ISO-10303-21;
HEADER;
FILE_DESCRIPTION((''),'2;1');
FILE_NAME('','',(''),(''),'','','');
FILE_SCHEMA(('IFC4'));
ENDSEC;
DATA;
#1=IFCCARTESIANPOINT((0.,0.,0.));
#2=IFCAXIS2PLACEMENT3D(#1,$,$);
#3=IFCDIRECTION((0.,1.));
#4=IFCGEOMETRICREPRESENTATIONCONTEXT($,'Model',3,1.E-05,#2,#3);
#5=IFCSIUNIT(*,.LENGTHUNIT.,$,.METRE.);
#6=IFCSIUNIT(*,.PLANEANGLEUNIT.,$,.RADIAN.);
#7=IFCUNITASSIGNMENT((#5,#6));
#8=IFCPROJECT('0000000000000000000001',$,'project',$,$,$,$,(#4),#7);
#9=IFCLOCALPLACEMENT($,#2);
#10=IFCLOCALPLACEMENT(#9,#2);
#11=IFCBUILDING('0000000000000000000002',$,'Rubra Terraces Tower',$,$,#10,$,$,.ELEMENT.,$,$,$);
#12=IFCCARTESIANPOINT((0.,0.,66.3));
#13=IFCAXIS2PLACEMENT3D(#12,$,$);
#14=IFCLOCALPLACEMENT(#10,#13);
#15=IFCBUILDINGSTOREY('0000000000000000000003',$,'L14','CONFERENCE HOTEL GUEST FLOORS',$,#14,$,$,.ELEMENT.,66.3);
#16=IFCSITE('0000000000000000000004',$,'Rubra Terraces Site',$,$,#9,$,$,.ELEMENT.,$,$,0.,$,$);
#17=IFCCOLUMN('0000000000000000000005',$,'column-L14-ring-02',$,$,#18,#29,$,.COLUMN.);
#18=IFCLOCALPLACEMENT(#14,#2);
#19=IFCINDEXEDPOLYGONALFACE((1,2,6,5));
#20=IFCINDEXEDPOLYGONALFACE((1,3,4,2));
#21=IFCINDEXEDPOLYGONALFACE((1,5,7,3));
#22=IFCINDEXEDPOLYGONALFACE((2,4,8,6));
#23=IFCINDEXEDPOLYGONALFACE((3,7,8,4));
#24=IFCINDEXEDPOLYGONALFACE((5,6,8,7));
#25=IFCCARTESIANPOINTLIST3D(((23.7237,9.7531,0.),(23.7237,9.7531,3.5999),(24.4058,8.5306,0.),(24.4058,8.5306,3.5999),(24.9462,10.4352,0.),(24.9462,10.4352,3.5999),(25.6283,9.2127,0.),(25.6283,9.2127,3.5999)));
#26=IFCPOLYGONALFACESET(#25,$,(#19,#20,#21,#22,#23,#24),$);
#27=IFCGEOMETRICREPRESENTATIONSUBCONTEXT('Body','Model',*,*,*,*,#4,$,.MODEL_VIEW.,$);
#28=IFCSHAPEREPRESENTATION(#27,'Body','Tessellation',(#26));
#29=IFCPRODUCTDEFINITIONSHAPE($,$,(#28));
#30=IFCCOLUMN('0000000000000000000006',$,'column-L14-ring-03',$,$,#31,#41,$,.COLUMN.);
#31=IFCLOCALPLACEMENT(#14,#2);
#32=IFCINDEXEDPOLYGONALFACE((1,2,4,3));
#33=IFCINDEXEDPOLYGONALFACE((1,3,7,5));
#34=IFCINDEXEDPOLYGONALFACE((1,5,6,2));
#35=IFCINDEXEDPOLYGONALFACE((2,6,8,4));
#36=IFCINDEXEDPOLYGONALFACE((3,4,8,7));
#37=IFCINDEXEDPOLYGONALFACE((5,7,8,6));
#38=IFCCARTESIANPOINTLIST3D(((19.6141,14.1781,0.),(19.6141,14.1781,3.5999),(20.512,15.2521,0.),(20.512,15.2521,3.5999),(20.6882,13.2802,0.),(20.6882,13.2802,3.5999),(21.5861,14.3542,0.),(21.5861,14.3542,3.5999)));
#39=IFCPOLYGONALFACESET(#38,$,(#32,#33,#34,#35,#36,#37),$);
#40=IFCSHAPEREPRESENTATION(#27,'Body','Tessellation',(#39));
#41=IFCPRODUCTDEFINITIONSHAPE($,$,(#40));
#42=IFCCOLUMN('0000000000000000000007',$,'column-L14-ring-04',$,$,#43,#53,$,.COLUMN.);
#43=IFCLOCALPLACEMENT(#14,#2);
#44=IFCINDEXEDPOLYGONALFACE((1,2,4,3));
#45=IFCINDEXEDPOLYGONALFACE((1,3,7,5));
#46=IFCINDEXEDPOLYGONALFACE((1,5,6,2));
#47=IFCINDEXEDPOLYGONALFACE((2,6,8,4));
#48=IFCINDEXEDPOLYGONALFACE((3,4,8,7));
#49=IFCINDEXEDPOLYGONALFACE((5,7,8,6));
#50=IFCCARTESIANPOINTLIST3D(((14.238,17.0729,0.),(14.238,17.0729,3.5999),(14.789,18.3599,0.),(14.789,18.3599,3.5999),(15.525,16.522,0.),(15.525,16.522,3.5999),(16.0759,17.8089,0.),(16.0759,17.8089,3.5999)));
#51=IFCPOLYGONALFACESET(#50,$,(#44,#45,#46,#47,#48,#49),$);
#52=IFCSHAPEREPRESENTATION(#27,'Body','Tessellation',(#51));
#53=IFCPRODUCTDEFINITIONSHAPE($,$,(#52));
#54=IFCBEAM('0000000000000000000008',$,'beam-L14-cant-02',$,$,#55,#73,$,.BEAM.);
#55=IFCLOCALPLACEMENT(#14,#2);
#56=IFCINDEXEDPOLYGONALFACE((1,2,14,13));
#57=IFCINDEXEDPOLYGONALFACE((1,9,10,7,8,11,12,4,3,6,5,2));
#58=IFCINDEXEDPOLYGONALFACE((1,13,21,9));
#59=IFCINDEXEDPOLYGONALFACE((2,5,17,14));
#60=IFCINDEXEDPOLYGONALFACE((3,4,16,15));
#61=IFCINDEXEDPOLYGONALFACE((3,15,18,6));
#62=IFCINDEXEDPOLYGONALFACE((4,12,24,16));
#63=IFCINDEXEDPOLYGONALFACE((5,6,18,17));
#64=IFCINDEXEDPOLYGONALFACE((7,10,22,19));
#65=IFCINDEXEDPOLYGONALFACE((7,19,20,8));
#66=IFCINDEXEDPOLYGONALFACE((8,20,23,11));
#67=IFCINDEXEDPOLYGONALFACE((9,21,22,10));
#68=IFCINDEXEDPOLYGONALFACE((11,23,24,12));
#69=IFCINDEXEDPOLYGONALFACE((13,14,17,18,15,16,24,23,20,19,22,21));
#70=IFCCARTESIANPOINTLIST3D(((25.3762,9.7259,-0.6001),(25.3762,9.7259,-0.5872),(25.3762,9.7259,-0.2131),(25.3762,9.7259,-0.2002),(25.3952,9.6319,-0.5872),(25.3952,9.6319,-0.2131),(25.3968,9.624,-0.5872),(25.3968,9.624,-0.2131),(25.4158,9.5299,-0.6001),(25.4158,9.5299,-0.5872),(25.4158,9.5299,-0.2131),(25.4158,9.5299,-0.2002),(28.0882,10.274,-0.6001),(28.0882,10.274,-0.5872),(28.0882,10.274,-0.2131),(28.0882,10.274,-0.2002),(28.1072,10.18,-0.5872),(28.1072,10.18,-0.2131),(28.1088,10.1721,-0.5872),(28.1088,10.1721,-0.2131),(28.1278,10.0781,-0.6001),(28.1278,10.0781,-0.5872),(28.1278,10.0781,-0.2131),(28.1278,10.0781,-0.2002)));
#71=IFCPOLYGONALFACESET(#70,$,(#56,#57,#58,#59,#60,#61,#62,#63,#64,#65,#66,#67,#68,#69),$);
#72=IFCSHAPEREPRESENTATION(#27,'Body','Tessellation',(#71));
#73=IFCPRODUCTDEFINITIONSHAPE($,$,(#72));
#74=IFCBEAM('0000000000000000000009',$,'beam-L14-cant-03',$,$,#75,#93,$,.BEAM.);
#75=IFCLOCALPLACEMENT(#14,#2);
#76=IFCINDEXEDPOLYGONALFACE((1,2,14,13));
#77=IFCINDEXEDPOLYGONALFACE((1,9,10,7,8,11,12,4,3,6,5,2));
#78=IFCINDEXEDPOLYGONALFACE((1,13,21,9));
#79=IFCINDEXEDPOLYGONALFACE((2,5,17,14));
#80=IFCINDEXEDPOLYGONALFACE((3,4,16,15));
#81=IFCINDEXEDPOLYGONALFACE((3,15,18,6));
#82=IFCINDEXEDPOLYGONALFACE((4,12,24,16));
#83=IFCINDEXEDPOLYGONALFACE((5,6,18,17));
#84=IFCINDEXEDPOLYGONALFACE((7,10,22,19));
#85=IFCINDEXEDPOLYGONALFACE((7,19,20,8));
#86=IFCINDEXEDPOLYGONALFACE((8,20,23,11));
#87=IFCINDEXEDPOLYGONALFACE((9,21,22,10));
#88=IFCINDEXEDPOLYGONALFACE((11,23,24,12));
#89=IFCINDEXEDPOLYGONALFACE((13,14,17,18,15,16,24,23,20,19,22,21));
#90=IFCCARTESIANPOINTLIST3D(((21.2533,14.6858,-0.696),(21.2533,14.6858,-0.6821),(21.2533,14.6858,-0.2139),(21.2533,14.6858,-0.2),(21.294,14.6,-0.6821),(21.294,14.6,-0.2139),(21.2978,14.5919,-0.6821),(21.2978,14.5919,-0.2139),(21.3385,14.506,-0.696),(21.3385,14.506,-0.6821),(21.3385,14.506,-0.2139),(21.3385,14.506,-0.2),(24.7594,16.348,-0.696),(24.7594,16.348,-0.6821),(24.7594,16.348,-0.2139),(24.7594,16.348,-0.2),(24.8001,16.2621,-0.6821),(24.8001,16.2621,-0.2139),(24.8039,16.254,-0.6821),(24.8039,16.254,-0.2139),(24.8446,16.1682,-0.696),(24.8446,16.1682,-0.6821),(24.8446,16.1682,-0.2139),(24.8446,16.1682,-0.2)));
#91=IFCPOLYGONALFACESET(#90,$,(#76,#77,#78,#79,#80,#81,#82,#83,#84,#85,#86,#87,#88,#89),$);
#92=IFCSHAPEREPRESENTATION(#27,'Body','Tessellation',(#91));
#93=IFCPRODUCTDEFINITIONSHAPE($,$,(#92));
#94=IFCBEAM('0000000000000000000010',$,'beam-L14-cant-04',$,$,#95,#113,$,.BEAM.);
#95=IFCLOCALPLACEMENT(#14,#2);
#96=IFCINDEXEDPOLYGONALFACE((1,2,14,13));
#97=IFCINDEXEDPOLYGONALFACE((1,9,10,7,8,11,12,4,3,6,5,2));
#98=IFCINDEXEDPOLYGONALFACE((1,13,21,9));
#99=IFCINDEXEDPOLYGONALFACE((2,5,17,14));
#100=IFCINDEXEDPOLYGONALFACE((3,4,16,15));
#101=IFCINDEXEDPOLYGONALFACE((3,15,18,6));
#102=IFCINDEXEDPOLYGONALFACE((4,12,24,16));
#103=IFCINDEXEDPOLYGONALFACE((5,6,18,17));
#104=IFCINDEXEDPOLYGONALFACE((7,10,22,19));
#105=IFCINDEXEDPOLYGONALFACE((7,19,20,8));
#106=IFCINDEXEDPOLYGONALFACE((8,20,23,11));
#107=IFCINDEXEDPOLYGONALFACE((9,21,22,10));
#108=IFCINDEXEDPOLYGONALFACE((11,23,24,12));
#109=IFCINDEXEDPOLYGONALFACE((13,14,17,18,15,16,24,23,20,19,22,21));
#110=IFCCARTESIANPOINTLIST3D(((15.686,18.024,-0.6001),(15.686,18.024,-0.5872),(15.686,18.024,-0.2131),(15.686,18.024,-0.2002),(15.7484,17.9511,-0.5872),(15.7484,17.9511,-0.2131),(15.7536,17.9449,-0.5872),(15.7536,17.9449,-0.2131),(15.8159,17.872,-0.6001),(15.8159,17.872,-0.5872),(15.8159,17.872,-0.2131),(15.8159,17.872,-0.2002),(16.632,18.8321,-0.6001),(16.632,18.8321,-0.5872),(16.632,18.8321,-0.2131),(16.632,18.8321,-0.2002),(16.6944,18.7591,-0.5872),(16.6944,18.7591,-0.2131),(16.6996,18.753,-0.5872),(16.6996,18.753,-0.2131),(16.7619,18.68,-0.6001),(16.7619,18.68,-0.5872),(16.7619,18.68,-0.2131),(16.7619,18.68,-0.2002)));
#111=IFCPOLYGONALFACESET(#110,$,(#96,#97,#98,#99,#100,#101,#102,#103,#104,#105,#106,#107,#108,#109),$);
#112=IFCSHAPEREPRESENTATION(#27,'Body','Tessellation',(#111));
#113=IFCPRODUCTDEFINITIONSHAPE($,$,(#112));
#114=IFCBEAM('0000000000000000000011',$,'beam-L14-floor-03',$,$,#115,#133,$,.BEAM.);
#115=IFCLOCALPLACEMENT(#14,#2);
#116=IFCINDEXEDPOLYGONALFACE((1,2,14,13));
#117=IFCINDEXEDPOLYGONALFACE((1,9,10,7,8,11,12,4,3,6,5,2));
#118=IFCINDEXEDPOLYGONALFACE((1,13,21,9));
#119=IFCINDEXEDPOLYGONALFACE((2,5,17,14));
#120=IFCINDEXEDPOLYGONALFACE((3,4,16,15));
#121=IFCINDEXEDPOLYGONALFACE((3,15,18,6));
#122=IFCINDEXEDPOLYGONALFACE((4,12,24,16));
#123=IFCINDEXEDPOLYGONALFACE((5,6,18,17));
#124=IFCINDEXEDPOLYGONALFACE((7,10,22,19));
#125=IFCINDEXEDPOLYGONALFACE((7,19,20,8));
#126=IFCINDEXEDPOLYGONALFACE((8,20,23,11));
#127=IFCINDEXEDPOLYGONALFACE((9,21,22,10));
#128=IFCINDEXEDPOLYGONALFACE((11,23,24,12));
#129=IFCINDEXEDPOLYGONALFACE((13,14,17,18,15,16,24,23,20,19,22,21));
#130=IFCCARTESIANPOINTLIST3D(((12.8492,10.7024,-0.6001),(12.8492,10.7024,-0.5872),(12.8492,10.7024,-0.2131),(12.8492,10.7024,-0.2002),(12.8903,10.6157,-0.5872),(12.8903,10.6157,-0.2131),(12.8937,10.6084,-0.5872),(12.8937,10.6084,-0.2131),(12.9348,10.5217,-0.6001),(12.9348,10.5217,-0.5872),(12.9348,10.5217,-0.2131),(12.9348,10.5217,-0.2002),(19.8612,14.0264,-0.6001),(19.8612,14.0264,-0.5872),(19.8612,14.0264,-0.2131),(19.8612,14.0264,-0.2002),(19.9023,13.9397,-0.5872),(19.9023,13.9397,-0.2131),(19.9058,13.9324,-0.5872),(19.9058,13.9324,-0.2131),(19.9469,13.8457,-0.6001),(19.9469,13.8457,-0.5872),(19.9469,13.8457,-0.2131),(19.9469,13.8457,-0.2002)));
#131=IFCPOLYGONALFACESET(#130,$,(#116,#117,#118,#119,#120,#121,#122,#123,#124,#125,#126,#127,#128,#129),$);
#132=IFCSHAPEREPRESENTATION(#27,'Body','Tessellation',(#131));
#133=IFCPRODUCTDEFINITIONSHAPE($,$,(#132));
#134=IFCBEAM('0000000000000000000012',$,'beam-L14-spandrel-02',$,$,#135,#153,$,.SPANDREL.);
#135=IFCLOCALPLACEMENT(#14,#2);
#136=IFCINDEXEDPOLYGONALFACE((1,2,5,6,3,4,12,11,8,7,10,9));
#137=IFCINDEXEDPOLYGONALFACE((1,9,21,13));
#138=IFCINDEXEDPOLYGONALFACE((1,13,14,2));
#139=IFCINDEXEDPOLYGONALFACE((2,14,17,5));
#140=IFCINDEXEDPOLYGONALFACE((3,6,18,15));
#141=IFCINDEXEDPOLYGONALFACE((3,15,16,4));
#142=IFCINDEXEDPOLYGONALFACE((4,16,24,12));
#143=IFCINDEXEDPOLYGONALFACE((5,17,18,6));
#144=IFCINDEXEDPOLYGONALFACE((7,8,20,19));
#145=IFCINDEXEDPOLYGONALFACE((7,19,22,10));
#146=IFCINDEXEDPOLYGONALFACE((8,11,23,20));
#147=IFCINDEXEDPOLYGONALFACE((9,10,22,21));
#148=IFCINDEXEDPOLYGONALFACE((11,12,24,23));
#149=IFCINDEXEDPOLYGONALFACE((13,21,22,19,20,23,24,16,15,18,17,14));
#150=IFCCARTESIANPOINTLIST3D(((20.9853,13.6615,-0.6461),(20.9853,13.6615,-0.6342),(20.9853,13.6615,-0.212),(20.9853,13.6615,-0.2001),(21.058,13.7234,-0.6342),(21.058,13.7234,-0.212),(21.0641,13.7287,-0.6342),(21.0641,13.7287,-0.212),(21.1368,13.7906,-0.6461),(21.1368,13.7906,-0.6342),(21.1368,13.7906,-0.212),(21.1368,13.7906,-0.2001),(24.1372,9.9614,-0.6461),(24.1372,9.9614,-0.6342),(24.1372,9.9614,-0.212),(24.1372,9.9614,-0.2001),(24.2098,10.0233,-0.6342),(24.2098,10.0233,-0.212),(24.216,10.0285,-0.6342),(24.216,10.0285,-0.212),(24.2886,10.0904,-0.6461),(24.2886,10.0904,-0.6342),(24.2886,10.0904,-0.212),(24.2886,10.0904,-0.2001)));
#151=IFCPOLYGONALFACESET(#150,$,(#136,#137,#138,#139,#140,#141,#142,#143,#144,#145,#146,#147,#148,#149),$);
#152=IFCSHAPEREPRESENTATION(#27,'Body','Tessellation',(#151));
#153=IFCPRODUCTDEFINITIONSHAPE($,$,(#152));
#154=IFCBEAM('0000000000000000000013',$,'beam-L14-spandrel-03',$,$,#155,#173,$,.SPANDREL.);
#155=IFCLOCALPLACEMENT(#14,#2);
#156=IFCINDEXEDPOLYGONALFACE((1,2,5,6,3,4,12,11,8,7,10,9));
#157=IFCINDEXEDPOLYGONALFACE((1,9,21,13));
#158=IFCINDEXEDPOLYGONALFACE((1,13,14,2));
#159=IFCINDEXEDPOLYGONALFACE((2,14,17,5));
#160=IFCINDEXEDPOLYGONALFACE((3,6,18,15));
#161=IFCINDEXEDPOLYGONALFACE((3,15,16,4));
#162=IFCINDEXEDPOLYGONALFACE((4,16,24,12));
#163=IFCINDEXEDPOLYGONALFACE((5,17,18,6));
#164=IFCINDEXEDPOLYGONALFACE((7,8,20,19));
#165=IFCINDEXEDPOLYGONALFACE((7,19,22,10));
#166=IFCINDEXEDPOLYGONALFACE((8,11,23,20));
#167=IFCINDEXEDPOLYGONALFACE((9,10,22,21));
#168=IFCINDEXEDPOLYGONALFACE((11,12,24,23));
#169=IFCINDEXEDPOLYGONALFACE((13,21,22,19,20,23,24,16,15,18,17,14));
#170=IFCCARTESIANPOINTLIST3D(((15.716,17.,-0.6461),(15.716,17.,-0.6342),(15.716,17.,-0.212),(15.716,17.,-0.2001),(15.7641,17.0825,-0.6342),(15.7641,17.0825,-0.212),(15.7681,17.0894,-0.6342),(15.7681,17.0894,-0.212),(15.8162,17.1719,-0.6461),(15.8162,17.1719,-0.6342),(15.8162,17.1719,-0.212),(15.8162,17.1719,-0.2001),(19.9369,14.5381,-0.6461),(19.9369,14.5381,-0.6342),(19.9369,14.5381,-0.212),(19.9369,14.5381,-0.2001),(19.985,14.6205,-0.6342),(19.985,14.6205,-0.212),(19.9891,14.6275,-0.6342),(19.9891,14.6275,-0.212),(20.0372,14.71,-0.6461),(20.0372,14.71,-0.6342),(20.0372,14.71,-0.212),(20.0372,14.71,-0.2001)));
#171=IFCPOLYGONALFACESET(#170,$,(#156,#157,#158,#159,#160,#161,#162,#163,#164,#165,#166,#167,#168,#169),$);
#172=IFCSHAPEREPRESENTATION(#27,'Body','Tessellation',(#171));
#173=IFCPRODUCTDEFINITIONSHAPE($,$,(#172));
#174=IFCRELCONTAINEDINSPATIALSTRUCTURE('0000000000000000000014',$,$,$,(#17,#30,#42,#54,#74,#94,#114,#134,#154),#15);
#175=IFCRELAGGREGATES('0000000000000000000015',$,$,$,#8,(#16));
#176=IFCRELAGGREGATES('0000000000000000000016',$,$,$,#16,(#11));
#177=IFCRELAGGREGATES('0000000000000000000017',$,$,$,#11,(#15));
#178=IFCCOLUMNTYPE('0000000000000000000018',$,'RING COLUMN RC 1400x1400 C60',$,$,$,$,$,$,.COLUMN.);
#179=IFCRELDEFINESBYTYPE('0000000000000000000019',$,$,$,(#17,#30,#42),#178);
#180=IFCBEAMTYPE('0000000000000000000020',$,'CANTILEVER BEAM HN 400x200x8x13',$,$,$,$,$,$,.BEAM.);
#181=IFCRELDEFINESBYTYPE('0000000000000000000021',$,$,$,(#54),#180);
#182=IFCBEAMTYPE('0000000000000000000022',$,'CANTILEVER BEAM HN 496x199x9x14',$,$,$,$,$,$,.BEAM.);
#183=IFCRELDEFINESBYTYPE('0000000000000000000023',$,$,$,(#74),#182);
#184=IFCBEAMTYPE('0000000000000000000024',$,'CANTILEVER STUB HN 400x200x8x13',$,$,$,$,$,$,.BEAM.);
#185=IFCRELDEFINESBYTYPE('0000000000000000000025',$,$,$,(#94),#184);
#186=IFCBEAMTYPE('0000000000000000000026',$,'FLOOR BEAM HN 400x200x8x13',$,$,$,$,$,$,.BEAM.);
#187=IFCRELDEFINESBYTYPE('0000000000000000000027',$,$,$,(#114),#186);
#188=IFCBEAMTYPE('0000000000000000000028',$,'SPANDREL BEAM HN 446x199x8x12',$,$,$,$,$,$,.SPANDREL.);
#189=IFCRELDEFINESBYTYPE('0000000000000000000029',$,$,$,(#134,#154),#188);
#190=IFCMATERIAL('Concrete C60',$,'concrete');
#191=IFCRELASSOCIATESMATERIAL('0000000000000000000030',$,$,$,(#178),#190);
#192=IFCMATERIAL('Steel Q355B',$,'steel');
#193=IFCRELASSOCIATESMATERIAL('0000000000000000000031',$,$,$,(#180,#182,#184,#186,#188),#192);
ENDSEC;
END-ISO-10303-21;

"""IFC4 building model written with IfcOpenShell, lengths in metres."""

from ifc_helpers import new_model, si_unit, direction, frame, origin, origin_2d, place, context, subcontext, project, spatial, rectangle, i_section, extrude, material, material_profile, profile_set, type_object, element, save


model = new_model("IFC4")

# Units and contexts
model_context = context("Model", 3, precision=1e-05, world=origin(), true_north=direction((0.0, 1.0)))
body_context = subcontext(model_context, "Body", "Model", "MODEL_VIEW")
ifc_project = project(units=[si_unit("LENGTHUNIT", "METRE"), si_unit("PLANEANGLEUNIT", "RADIAN")], contexts=[model_context])

# Site, building, storey
site_placement = place(None, origin())
site = spatial("IfcSite", under=ifc_project, at=site_placement, Name="Rubra Terraces Site", CompositionType="ELEMENT", RefElevation=0.0)
building_placement = place(site_placement, origin())
building = spatial("IfcBuilding", under=site, at=building_placement, Name="Rubra Terraces Tower", CompositionType="ELEMENT")
storey_placement = place(building_placement, frame((0.0, 0.0, 66.3)))
storey = spatial("IfcBuildingStorey", under=building, at=storey_placement, Name="L14", Description="CONFERENCE HOTEL GUEST FLOORS", CompositionType="ELEMENT", Elevation=66.3)

# Columns
ifc_material_1 = material(Name="Concrete C60", Category="concrete")
ifc_material_profile_1 = material_profile(ifc_material_1, rectangle(XDim=1.3999, YDim=1.3999, at=origin_2d()), Name="RC 1400x1400")
ifc_profile_set_1 = profile_set([ifc_material_profile_1], Name="Concrete C60")
column_type = type_object("IfcColumnType", Name="RING COLUMN RC 1400x1400 C60", PredefinedType="COLUMN", material=ifc_profile_set_1)
for number, where, z_axis, x_axis, name in (
    (1, (24.676, 9.4829, 0.0), (0.0, 0.0, 1.0), (-0.487227, 0.873276, 0.0), "column-L14-ring-02"),
    (2, (20.6001, 14.2661, 0.0), (0.0, 0.0, 1.0), (-0.76721, 0.641397, 0.0), "column-L14-ring-03"),
    (3, (15.157, 17.4409, 0.0), (0.0, 0.0, 1.0), (-0.919294, 0.393572, 0.0), "column-L14-ring-04"),
):
    element("IfcColumn", number, at=place(storey_placement, frame(where, z_axis=z_axis, x_axis=x_axis)), inside=storey, type_object=column_type, Name=name, PredefinedType="COLUMN", context=body_context, shape_type="SweptSolid", body=[
        extrude(rectangle(XDim=1.3999, YDim=1.3999, at=origin_2d()), origin(), (0.0, 0.0, 1.0), 3.5999),
    ])

# Beams
ifc_material_2 = material(Name="Steel Q355B", Category="steel")
ifc_material_profile_2 = material_profile(ifc_material_2, i_section(OverallWidth=0.2, OverallDepth=0.3999, WebThickness=0.0081, FlangeThickness=0.0129, at=origin_2d()), Name="HN 400x200x8x13")
ifc_profile_set_2 = profile_set([ifc_material_profile_2], Name="Steel Q355B")
beam_type_1 = type_object("IfcBeamType", Name="CANTILEVER BEAM HN 400x200x8x13", PredefinedType="BEAM", material=ifc_profile_set_2)
beam_1_placement = place(storey_placement, frame((25.396, 9.6279, -0.4001), z_axis=(0.980182, 0.198101, 0.0), x_axis=(-0.198101, 0.980182, 0.0)))
element("IfcBeam", 4, at=beam_1_placement, inside=storey, type_object=beam_type_1, Name="beam-L14-cant-02", PredefinedType="BEAM", context=body_context, shape_type="SweptSolid", body=[
    extrude(i_section(OverallWidth=0.2, OverallDepth=0.3999, WebThickness=0.0081, FlangeThickness=0.0129, at=origin_2d()), origin(), (0.0, 0.0, 1.0), 2.7668),
])
ifc_material_profile_3 = material_profile(ifc_material_2, i_section(OverallWidth=0.199, OverallDepth=0.4961, WebThickness=0.009, FlangeThickness=0.0139, at=origin_2d()), Name="HN 496x199x9x14")
ifc_profile_set_3 = profile_set([ifc_material_profile_3], Name="Steel Q355B")
beam_type_2 = type_object("IfcBeamType", Name="CANTILEVER BEAM HN 496x199x9x14", PredefinedType="BEAM", material=ifc_profile_set_3)
beam_2_placement = place(storey_placement, frame((21.2959, 14.5959, -0.448), z_axis=(0.903606, 0.428365, 0.0), x_axis=(-0.428365, 0.903606, 0.0)))
element("IfcBeam", 5, at=beam_2_placement, inside=storey, type_object=beam_type_2, Name="beam-L14-cant-03", PredefinedType="BEAM", context=body_context, shape_type="SweptSolid", body=[
    extrude(i_section(OverallWidth=0.199, OverallDepth=0.4961, WebThickness=0.009, FlangeThickness=0.0139, at=origin_2d()), origin(), (0.0, 0.0, 1.0), 3.8801),
])
ifc_material_profile_4 = material_profile(ifc_material_2, i_section(OverallWidth=0.2, OverallDepth=0.3999, WebThickness=0.0081, FlangeThickness=0.0129, at=origin_2d()), Name="HN 400x200x8x13")
ifc_profile_set_4 = profile_set([ifc_material_profile_4], Name="Steel Q355B")
beam_type_3 = type_object("IfcBeamType", Name="CANTILEVER STUB HN 400x200x8x13", PredefinedType="BEAM", material=ifc_profile_set_4)
beam_3_placement = place(storey_placement, frame((15.751, 17.948, -0.4001), z_axis=(0.760364, 0.649498, 0.0), x_axis=(-0.649498, 0.760364, 0.0)))
element("IfcBeam", 6, at=beam_3_placement, inside=storey, type_object=beam_type_3, Name="beam-L14-cant-04", PredefinedType="BEAM", context=body_context, shape_type="SweptSolid", body=[
    extrude(i_section(OverallWidth=0.2, OverallDepth=0.3999, WebThickness=0.0081, FlangeThickness=0.0129, at=origin_2d()), origin(), (0.0, 0.0, 1.0), 1.2441),
])
ifc_material_profile_5 = material_profile(ifc_material_2, i_section(OverallWidth=0.2, OverallDepth=0.3999, WebThickness=0.0081, FlangeThickness=0.0129, at=origin_2d()), Name="HN 400x200x8x13")
ifc_profile_set_5 = profile_set([ifc_material_profile_5], Name="Steel Q355B")
beam_type_4 = type_object("IfcBeamType", Name="FLOOR BEAM HN 400x200x8x13", PredefinedType="BEAM", material=ifc_profile_set_5)
beam_4_placement = place(storey_placement, frame((19.9041, 13.936, -0.4001), z_axis=(-0.903612, -0.428351, 0.0), x_axis=(0.428351, -0.903612, 0.0)))
element("IfcBeam", 7, at=beam_4_placement, inside=storey, type_object=beam_type_4, Name="beam-L14-floor-03", PredefinedType="BEAM", context=body_context, shape_type="SweptSolid", body=[
    extrude(i_section(OverallWidth=0.2, OverallDepth=0.3999, WebThickness=0.0081, FlangeThickness=0.0129, at=origin_2d()), origin(), (0.0, 0.0, 1.0), 7.76),
])
ifc_material_profile_6 = material_profile(ifc_material_2, i_section(OverallWidth=0.199, OverallDepth=0.446, WebThickness=0.0081, FlangeThickness=0.012, at=origin_2d()), Name="HN 446x199x8x12")
ifc_profile_set_6 = profile_set([ifc_material_profile_6], Name="Steel Q355B")
beam_type_5 = type_object("IfcBeamType", Name="SPANDREL BEAM HN 446x199x8x12", PredefinedType="SPANDREL", material=ifc_profile_set_6)
beam_5_placement = place(storey_placement, frame((24.2129, 10.0259, -0.4231), z_axis=(-0.648447, 0.76126, 0.0), x_axis=(-0.76126, -0.648447, 0.0)))
element("IfcBeam", 8, at=beam_5_placement, inside=storey, type_object=beam_type_5, Name="beam-L14-spandrel-02", PredefinedType="SPANDREL", context=body_context, shape_type="SweptSolid", body=[
    extrude(i_section(OverallWidth=0.199, OverallDepth=0.446, WebThickness=0.0081, FlangeThickness=0.012, at=origin_2d()), origin(), (0.0, 0.0, 1.0), 4.8606),
])
beam_6_placement = place(storey_placement, frame((19.9871, 14.624, -0.4231), z_axis=(-0.863806, 0.503824, 0.0), x_axis=(-0.503824, -0.863806, 0.0)))
element("IfcBeam", 9, at=beam_6_placement, inside=storey, type_object=beam_type_5, Name="beam-L14-spandrel-03", PredefinedType="SPANDREL", context=body_context, shape_type="SweptSolid", body=[
    extrude(i_section(OverallWidth=0.199, OverallDepth=0.446, WebThickness=0.0081, FlangeThickness=0.012, at=origin_2d()), origin(), (0.0, 0.0, 1.0), 4.8865),
])

save(model, "model.ifc")
